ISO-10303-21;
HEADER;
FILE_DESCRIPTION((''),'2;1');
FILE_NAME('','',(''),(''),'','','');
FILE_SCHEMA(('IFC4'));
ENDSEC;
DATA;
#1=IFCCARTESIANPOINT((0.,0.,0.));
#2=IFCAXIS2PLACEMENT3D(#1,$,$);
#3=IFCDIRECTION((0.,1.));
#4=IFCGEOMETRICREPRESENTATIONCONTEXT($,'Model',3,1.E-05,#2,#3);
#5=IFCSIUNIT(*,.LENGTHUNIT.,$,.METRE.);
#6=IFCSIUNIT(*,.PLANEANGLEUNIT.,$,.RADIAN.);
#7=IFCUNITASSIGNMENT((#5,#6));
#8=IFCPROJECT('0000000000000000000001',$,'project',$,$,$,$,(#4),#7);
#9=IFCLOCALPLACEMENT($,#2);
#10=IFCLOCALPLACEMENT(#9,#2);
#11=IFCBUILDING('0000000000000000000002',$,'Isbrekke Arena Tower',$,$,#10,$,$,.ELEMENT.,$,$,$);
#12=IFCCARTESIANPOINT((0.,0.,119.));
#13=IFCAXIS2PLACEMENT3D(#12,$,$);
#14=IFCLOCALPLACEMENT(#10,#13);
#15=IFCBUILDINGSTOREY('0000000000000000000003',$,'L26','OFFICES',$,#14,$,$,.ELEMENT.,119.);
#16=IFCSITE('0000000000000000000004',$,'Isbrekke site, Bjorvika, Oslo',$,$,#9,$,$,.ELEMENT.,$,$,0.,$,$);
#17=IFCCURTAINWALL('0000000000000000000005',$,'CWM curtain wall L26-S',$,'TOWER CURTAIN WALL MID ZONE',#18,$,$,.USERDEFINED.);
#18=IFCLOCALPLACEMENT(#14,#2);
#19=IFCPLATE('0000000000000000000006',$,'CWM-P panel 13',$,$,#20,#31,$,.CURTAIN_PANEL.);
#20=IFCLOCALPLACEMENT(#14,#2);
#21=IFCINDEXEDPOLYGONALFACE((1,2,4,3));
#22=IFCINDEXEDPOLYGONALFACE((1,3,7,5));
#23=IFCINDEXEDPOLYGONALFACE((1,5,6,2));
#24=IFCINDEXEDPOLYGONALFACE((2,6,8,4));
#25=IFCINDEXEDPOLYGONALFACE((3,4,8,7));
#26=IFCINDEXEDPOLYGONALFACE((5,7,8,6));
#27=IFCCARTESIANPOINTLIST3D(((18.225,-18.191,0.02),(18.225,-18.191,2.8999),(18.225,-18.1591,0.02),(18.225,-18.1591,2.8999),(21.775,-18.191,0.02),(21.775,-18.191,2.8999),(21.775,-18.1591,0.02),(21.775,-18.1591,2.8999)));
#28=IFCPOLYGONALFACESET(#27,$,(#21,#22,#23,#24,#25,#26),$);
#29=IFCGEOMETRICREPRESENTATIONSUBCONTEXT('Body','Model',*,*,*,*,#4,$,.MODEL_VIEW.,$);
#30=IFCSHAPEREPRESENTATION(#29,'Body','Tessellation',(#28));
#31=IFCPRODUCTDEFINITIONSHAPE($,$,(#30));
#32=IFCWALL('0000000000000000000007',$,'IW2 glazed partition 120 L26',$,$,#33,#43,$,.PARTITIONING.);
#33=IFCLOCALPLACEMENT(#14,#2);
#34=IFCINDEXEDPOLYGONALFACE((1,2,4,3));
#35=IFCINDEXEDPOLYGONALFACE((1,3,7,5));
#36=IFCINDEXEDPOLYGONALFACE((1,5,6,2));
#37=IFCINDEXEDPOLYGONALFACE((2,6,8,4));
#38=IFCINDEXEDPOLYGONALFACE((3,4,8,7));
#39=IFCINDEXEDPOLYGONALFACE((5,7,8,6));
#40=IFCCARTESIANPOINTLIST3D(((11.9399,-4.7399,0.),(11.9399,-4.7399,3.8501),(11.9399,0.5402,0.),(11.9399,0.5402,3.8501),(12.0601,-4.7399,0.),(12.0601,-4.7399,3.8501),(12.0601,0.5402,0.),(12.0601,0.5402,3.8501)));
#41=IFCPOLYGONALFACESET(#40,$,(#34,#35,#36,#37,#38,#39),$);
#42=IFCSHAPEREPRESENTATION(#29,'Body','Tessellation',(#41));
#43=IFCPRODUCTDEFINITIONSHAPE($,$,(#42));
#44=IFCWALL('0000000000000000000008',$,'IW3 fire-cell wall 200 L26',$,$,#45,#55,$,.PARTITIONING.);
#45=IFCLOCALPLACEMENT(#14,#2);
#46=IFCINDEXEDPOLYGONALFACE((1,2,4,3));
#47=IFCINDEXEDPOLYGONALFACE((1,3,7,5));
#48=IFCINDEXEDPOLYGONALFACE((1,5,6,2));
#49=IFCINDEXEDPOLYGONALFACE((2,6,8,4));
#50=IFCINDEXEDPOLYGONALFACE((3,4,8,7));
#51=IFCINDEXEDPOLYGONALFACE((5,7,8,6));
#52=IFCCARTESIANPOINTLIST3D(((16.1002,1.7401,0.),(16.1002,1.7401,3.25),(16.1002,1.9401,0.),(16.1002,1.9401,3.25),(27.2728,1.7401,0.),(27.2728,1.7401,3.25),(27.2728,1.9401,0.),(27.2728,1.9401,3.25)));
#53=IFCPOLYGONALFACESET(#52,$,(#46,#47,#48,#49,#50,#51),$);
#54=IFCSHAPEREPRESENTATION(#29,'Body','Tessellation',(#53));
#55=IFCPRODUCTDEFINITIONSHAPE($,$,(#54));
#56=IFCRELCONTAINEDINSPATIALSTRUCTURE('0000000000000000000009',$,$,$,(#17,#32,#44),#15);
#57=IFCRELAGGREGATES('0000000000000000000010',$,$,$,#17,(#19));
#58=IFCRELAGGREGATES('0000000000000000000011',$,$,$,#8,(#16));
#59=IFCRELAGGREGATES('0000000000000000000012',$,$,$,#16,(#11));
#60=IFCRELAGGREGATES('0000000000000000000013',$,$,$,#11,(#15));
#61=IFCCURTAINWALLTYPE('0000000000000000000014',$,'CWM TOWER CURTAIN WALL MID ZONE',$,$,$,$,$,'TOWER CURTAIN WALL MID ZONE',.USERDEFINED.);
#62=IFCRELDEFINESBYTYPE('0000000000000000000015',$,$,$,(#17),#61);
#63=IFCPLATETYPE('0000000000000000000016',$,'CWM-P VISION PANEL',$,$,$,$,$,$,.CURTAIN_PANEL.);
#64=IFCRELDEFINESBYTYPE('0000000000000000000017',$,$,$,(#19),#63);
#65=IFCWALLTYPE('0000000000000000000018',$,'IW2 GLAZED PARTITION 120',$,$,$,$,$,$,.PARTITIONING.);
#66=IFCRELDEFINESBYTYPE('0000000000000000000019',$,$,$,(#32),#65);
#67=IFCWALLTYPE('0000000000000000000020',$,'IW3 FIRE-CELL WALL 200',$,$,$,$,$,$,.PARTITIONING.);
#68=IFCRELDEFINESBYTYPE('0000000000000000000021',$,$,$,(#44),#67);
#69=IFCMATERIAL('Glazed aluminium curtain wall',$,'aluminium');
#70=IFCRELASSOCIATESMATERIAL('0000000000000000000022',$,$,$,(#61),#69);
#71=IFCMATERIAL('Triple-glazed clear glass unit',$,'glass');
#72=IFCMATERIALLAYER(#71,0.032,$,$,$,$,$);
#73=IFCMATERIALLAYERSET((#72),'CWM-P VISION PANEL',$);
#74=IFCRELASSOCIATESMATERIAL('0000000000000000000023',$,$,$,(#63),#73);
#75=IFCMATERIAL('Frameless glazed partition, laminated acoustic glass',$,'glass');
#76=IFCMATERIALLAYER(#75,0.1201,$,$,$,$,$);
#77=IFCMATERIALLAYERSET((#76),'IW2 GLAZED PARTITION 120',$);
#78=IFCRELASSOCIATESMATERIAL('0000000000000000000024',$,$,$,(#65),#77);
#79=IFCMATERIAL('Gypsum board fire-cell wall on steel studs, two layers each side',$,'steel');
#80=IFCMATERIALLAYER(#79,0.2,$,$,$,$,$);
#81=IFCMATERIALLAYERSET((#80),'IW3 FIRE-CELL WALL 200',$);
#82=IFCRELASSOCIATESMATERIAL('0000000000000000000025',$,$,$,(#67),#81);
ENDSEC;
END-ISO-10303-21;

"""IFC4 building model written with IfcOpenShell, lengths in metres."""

from ifc_helpers import new_model, si_unit, direction, frame, frame_2d, origin, origin_2d, place, context, subcontext, project, spatial, rectangle, extrude, material, layer, layer_set, type_object, element, aggregate, save


model = new_model("IFC4")

# Units and contexts
model_context = context("Model", 3, precision=1e-05, world=origin(), true_north=direction((0.0, 1.0)))
body_context = subcontext(model_context, "Body", "Model", "MODEL_VIEW")
ifc_project = project(units=[si_unit("LENGTHUNIT", "METRE"), si_unit("PLANEANGLEUNIT", "RADIAN")], contexts=[model_context])

# Site, building, storey
site_placement = place(None, origin())
site = spatial("IfcSite", under=ifc_project, at=site_placement, Name="Isbrekke site, Bjorvika, Oslo", CompositionType="ELEMENT", RefElevation=0.0)
building_placement = place(site_placement, origin())
building = spatial("IfcBuilding", under=site, at=building_placement, Name="Isbrekke Arena Tower", CompositionType="ELEMENT")
storey_placement = place(building_placement, frame((0.0, 0.0, 119.0)))
storey = spatial("IfcBuildingStorey", under=building, at=storey_placement, Name="L26", Description="OFFICES", CompositionType="ELEMENT", Elevation=119.0)

# Curtain wall
ifc_material_1 = material(Name="Glazed aluminium curtain wall", Category="aluminium")
curtain_wall_type = type_object("IfcCurtainWallType", Name="CWM TOWER CURTAIN WALL MID ZONE", ElementType="TOWER CURTAIN WALL MID ZONE", PredefinedType="USERDEFINED", material=ifc_material_1)
curtain_wall_placement = place(storey_placement, origin())
curtain_wall = element("IfcCurtainWall", 1, at=curtain_wall_placement, inside=storey, type_object=curtain_wall_type, Name="CWM curtain wall L26-S", ObjectType="TOWER CURTAIN WALL MID ZONE", PredefinedType="USERDEFINED")

# Plate
ifc_material_2 = material(Name="Triple-glazed clear glass unit", Category="glass")
ifc_layer_1 = layer(ifc_material_2, 0.032)
ifc_layer_set_1 = layer_set([ifc_layer_1], Name="CWM-P VISION PANEL")
plate_type = type_object("IfcPlateType", Name="CWM-P VISION PANEL", PredefinedType="CURTAIN_PANEL", material=ifc_layer_set_1)
plate_1_placement = place(storey_placement, frame((20.0, -18.175, 0.02), z_axis=(0.0, 0.0, 1.0), x_axis=(1.0, 0.0, 0.0)))
plate_1 = element("IfcPlate", 2, at=plate_1_placement, type_object=plate_type, Name="CWM-P panel 13", PredefinedType="CURTAIN_PANEL", context=body_context, shape_type="SweptSolid", body=[
    extrude(rectangle(XDim=3.55, YDim=0.032, at=origin_2d()), origin(), (0.0, 0.0, 1.0), 2.8799),
])
aggregate(curtain_wall, [plate_1])

# Walls
ifc_material_3 = material(Name="Frameless glazed partition, laminated acoustic glass", Category="glass")
ifc_layer_2 = layer(ifc_material_3, 0.1201)
ifc_layer_set_2 = layer_set([ifc_layer_2], Name="IW2 GLAZED PARTITION 120")
wall_type_1 = type_object("IfcWallType", Name="IW2 GLAZED PARTITION 120", PredefinedType="PARTITIONING", material=ifc_layer_set_2)
wall_1_placement = place(storey_placement, frame((12.0, -4.74, 0.0), z_axis=(0.0, 0.0, 1.0), x_axis=(0.0, 1.0, 0.0)))
element("IfcWall", 3, at=wall_1_placement, inside=storey, type_object=wall_type_1, Name="IW2 glazed partition 120 L26", PredefinedType="PARTITIONING", context=body_context, shape_type="SweptSolid", body=[
    extrude(rectangle(XDim=5.28, YDim=0.1201, at=frame_2d((2.6401, 0.0))), origin(), (0.0, 0.0, 1.0), 3.8501),
])
ifc_material_4 = material(Name="Gypsum board fire-cell wall on steel studs, two layers each side", Category="steel")
ifc_layer_3 = layer(ifc_material_4, 0.2)
ifc_layer_set_3 = layer_set([ifc_layer_3], Name="IW3 FIRE-CELL WALL 200")
wall_type_2 = type_object("IfcWallType", Name="IW3 FIRE-CELL WALL 200", PredefinedType="PARTITIONING", material=ifc_layer_set_3)
wall_2_placement = place(storey_placement, frame((16.1001, 1.8401, 0.0), z_axis=(0.0, 0.0, 1.0), x_axis=(1.0, 0.0, 0.0)))
element("IfcWall", 4, at=wall_2_placement, inside=storey, type_object=wall_type_2, Name="IW3 fire-cell wall 200 L26", PredefinedType="PARTITIONING", context=body_context, shape_type="SweptSolid", body=[
    extrude(rectangle(XDim=11.1726, YDim=0.2, at=frame_2d((5.5864, 0.0))), origin(), (0.0, 0.0, 1.0), 3.25),
])

save(model, "model.ifc")
